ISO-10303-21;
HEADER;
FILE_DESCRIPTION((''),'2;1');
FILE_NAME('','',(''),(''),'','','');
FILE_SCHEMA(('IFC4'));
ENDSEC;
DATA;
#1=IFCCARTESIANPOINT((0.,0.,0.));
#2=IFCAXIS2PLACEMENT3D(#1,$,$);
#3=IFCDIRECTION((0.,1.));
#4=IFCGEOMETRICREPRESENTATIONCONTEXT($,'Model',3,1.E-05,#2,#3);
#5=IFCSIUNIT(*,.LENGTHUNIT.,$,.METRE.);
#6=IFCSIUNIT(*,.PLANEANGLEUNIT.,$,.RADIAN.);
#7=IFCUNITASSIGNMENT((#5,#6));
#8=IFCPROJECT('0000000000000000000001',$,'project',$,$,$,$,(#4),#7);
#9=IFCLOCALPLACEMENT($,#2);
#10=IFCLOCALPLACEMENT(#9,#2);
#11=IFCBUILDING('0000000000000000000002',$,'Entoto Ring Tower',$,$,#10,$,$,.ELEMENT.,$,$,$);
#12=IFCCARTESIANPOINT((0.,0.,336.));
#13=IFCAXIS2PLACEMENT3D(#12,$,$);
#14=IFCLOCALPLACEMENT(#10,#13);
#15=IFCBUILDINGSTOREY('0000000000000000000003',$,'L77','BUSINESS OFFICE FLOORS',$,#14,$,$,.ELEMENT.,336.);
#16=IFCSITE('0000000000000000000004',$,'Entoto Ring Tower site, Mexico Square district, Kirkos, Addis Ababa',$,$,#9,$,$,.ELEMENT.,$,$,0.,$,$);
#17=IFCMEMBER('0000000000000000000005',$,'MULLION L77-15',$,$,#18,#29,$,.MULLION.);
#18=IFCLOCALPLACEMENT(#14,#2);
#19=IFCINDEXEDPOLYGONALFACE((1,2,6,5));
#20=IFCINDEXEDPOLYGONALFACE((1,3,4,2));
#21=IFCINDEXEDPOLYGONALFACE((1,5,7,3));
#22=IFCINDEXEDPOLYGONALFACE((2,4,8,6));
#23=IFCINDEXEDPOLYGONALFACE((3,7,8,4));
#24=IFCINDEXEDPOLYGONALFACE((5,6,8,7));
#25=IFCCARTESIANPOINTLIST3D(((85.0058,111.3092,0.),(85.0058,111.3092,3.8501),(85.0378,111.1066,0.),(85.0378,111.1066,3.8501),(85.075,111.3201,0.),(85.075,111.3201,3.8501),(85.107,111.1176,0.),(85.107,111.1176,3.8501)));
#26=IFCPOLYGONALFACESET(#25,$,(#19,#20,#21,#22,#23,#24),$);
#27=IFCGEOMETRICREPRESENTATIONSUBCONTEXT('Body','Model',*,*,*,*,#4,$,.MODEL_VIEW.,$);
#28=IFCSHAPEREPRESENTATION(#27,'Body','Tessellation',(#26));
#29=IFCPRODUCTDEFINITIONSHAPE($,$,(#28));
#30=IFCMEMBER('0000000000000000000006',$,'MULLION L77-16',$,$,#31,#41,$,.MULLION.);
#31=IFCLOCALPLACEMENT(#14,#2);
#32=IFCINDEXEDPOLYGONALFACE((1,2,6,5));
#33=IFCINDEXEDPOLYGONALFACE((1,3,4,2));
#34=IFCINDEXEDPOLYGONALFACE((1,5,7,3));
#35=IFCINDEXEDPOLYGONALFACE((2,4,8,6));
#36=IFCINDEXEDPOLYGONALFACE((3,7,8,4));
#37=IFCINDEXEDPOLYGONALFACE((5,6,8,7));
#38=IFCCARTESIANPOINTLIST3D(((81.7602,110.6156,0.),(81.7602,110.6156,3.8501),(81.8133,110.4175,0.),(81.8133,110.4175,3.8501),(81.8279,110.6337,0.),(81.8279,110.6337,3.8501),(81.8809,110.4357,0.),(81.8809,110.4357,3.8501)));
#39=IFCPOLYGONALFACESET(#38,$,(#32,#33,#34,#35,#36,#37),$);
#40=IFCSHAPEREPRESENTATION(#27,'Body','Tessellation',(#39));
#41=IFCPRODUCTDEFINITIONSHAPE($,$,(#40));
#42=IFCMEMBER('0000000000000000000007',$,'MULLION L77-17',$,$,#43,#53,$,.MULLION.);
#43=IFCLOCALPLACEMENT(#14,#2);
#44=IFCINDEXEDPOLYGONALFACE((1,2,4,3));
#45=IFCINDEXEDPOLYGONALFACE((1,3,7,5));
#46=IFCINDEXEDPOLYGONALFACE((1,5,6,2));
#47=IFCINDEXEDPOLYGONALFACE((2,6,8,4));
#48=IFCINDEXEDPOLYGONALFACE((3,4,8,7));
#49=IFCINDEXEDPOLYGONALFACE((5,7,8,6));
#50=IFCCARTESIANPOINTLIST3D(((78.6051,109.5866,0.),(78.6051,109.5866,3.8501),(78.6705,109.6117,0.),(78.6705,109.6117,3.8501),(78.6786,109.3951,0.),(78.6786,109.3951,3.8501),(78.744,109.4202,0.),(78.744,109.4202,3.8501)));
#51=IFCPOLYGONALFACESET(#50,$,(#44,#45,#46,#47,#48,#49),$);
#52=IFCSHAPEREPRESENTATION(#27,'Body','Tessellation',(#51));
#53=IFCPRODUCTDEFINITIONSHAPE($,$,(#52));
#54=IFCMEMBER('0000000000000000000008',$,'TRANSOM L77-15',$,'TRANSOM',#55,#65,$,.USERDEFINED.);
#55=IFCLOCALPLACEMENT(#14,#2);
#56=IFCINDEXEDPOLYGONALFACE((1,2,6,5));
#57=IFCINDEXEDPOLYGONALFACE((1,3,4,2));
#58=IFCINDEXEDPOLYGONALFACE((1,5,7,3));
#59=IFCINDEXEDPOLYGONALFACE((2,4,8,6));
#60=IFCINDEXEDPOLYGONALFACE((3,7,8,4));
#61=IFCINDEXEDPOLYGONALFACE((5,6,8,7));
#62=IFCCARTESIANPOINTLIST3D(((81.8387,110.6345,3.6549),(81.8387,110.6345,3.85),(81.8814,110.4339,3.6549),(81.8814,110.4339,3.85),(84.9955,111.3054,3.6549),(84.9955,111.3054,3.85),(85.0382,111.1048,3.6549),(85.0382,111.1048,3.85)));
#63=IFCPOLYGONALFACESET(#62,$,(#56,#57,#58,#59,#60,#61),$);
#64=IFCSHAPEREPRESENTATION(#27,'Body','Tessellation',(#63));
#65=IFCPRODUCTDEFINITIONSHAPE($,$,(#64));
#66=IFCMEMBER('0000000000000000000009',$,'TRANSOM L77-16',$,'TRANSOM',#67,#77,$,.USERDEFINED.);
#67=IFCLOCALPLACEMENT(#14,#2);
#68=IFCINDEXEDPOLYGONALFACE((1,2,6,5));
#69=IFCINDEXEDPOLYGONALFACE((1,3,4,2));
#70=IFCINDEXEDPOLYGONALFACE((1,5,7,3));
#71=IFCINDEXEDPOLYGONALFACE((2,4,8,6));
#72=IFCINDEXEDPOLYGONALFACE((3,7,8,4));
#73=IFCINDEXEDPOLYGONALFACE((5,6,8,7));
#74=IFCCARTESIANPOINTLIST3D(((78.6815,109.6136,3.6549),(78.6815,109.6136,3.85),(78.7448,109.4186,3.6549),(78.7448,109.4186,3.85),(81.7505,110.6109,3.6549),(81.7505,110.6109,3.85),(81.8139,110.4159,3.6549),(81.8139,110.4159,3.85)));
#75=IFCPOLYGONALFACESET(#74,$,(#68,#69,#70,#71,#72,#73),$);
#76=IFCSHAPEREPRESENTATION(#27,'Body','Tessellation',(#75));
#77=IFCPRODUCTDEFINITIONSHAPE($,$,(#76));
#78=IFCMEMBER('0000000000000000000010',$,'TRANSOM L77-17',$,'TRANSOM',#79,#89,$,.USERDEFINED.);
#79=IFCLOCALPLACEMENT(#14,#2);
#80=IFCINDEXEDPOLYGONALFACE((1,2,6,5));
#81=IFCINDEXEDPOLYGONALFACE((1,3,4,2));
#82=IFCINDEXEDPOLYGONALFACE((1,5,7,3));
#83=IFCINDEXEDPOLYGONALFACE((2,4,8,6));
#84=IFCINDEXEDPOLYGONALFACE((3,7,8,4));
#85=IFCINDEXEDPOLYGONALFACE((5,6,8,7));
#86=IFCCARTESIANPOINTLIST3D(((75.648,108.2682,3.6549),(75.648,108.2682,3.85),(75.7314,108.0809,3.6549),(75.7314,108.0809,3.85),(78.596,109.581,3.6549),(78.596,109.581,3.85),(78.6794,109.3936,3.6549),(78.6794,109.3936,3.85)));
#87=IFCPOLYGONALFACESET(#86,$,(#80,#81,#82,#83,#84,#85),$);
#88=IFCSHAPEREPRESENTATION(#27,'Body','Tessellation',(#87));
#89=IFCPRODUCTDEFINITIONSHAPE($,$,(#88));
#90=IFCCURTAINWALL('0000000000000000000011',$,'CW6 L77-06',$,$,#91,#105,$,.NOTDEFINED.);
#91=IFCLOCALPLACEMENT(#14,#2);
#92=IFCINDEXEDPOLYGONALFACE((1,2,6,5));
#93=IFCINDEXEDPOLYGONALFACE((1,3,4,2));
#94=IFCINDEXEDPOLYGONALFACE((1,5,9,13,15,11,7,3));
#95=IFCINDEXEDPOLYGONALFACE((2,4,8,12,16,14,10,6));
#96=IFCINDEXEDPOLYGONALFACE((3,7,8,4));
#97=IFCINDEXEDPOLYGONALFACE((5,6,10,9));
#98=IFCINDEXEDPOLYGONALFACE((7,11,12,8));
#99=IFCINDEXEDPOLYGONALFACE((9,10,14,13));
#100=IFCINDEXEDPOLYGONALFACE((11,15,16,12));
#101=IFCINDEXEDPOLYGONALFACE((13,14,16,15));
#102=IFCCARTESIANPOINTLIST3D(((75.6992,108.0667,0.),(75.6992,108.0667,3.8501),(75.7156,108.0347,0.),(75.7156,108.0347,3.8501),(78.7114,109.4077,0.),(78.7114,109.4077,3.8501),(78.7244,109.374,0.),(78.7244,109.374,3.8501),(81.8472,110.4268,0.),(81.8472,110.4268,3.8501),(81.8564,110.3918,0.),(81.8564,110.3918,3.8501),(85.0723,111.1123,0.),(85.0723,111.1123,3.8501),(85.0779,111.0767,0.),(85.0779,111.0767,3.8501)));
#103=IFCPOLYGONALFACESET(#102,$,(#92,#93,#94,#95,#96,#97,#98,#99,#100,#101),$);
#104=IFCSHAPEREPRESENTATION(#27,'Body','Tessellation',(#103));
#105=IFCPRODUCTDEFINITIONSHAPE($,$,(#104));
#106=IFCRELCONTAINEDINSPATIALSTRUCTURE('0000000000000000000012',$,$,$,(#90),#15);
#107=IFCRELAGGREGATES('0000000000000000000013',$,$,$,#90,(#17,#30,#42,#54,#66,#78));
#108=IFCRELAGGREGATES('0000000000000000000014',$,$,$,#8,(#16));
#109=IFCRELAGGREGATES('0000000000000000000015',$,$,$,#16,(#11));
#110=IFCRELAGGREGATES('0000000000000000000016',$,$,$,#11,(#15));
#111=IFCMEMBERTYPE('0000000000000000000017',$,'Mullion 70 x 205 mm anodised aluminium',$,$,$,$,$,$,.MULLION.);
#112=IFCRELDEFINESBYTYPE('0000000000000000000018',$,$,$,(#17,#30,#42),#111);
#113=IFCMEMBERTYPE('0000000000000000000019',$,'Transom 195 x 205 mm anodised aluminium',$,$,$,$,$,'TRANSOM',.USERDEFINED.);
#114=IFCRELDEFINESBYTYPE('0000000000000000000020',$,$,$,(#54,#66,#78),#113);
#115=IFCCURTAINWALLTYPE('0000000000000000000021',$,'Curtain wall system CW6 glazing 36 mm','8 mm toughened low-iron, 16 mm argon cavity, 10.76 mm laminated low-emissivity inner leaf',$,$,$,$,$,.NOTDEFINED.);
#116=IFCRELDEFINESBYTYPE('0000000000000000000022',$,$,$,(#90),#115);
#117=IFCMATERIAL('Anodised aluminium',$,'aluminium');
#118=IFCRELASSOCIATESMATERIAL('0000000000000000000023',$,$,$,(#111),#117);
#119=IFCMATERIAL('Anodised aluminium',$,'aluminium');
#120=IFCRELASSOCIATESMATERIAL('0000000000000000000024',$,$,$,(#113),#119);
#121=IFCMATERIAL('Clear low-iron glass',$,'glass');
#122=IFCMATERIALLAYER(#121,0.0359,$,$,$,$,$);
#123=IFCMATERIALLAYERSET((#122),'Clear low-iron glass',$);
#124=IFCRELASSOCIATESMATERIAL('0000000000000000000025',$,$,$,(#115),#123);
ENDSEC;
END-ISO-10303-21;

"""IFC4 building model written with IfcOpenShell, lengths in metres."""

from ifc_helpers import new_model, si_unit, direction, frame, origin, origin_2d, place, context, subcontext, project, spatial, polyline, rectangle, outline, extrude, material, layer, layer_set, material_profile, profile_set, type_object, element, aggregate, save


model = new_model("IFC4")

# Units and contexts
model_context = context("Model", 3, precision=1e-05, world=origin(), true_north=direction((0.0, 1.0)))
body_context = subcontext(model_context, "Body", "Model", "MODEL_VIEW")
ifc_project = project(units=[si_unit("LENGTHUNIT", "METRE"), si_unit("PLANEANGLEUNIT", "RADIAN")], contexts=[model_context])

# Members
ifc_material_1 = material(Name="Anodised aluminium", Category="aluminium")
ifc_material_profile_1 = material_profile(ifc_material_1, rectangle(XDim=0.0701, YDim=0.2051, at=origin_2d()), Name="Mullion 70 x 205 mm anodised aluminium")
ifc_profile_set_1 = profile_set([ifc_material_profile_1], Name="Anodised aluminium")
member_type_1 = type_object("IfcMemberType", Name="Mullion 70 x 205 mm anodised aluminium", PredefinedType="MULLION", material=ifc_profile_set_1)
site_placement = place(None, origin())
building_placement = place(site_placement, origin())
storey_placement = place(building_placement, frame((0.0, 0.0, 336.0)))
member_1_placement = place(storey_placement, frame((85.0564, 111.2134, 0.0), z_axis=(0.0, 0.0, 1.0), x_axis=(-0.987688, -0.156434, 0.0)))
member_1 = element("IfcMember", 1, at=member_1_placement, type_object=member_type_1, Name="MULLION L77-15", PredefinedType="MULLION", context=body_context, shape_type="SweptSolid", body=[
    extrude(rectangle(XDim=0.0701, YDim=0.2051, at=origin_2d()), origin(), (0.0, 0.0, 1.0), 3.8501),
])
member_2_placement = place(storey_placement, frame((81.8206, 110.5256, 0.0), z_axis=(0.0, 0.0, 1.0), x_axis=(-0.965926, -0.258819, 0.0)))
member_2 = element("IfcMember", 2, at=member_2_placement, type_object=member_type_1, Name="MULLION L77-16", PredefinedType="MULLION", context=body_context, shape_type="SweptSolid", body=[
    extrude(rectangle(XDim=0.0701, YDim=0.2051, at=origin_2d()), origin(), (0.0, 0.0, 1.0), 3.8501),
])
member_3_placement = place(storey_placement, frame((78.6746, 109.5034, 0.0), z_axis=(0.0, 0.0, 1.0), x_axis=(-0.93358, -0.358368, 0.0)))
member_3 = element("IfcMember", 3, at=member_3_placement, type_object=member_type_1, Name="MULLION L77-17", PredefinedType="MULLION", context=body_context, shape_type="SweptSolid", body=[
    extrude(rectangle(XDim=0.0701, YDim=0.2051, at=origin_2d()), origin(), (0.0, 0.0, 1.0), 3.8501),
])
ifc_material_2 = material(Name="Anodised aluminium", Category="aluminium")
ifc_material_profile_2 = material_profile(ifc_material_2, rectangle(XDim=0.2051, YDim=0.1951, at=origin_2d()), Name="Transom 195 x 205 mm anodised aluminium")
ifc_profile_set_2 = profile_set([ifc_material_profile_2], Name="Anodised aluminium")
member_type_2 = type_object("IfcMemberType", Name="Transom 195 x 205 mm anodised aluminium", ElementType="TRANSOM", PredefinedType="USERDEFINED", material=ifc_profile_set_2)
member_4_placement = place(storey_placement, frame((85.0168, 111.2051, 3.7524), z_axis=(-0.978153, -0.207886, 0.0), x_axis=(0.207886, -0.978153, 0.0)))
member_4 = element("IfcMember", 4, at=member_4_placement, type_object=member_type_2, Name="TRANSOM L77-15", ObjectType="TRANSOM", PredefinedType="USERDEFINED", context=body_context, shape_type="SweptSolid", body=[
    extrude(rectangle(XDim=0.2051, YDim=0.1951, at=origin_2d()), origin(), (0.0, 0.0, 1.0), 3.2273),
])
member_5_placement = place(storey_placement, frame((81.7822, 110.5134, 3.7524), z_axis=(-0.951047, -0.309047, 0.0), x_axis=(0.309047, -0.951047, 0.0)))
member_5 = element("IfcMember", 5, at=member_5_placement, type_object=member_type_2, Name="TRANSOM L77-16", ObjectType="TRANSOM", PredefinedType="USERDEFINED", context=body_context, shape_type="SweptSolid", body=[
    extrude(rectangle(XDim=0.2051, YDim=0.1951, at=origin_2d()), origin(), (0.0, 0.0, 1.0), 3.2271),
])
member_6_placement = place(storey_placement, frame((78.6377, 109.4873, 3.7524), z_axis=(-0.913521, -0.406791, 0.0), x_axis=(0.406791, -0.913521, 0.0)))
member_6 = element("IfcMember", 6, at=member_6_placement, type_object=member_type_2, Name="TRANSOM L77-17", ObjectType="TRANSOM", PredefinedType="USERDEFINED", context=body_context, shape_type="SweptSolid", body=[
    extrude(rectangle(XDim=0.2051, YDim=0.1951, at=origin_2d()), origin(), (0.0, 0.0, 1.0), 3.2271),
])

# Site, building, storey
site = spatial("IfcSite", under=ifc_project, at=site_placement, Name="Entoto Ring Tower site, Mexico Square district, Kirkos, Addis Ababa", CompositionType="ELEMENT", RefElevation=0.0)
building = spatial("IfcBuilding", under=site, at=building_placement, Name="Entoto Ring Tower", CompositionType="ELEMENT")
storey = spatial("IfcBuildingStorey", under=building, at=storey_placement, Name="L77", Description="BUSINESS OFFICE FLOORS", CompositionType="ELEMENT", Elevation=336.0)

# Curtain wall
ifc_material_3 = material(Name="Clear low-iron glass", Category="glass")
ifc_layer = layer(ifc_material_3, 0.0359)
ifc_layer_set = layer_set([ifc_layer], Name="Clear low-iron glass")
curtain_wall_type = type_object("IfcCurtainWallType", Name="Curtain wall system CW6 glazing 36 mm", Description="8 mm toughened low-iron, 16 mm argon cavity, 10.76 mm laminated low-emissivity inner leaf", PredefinedType="NOTDEFINED", material=ifc_layer_set)
curtain_wall_1_placement = place(storey_placement, origin())
curtain_wall_1 = element("IfcCurtainWall", 7, at=curtain_wall_1_placement, inside=storey, type_object=curtain_wall_type, Name="CW6 L77-06", PredefinedType="NOTDEFINED", context=body_context, shape_type="SweptSolid", body=[
    extrude(outline(polyline([(85.0723, 111.1123), (81.8472, 110.4268), (78.7114, 109.4077), (75.6992, 108.0667), (75.7156, 108.0347), (78.7244, 109.374), (81.8564, 110.3918), (85.0779, 111.0767), (85.0723, 111.1123)])), origin(), (0.0, 0.0, 1.0), 3.8501),
])
aggregate(curtain_wall_1, [member_1, member_2, member_3, member_4, member_5, member_6])

save(model, "model.ifc")
